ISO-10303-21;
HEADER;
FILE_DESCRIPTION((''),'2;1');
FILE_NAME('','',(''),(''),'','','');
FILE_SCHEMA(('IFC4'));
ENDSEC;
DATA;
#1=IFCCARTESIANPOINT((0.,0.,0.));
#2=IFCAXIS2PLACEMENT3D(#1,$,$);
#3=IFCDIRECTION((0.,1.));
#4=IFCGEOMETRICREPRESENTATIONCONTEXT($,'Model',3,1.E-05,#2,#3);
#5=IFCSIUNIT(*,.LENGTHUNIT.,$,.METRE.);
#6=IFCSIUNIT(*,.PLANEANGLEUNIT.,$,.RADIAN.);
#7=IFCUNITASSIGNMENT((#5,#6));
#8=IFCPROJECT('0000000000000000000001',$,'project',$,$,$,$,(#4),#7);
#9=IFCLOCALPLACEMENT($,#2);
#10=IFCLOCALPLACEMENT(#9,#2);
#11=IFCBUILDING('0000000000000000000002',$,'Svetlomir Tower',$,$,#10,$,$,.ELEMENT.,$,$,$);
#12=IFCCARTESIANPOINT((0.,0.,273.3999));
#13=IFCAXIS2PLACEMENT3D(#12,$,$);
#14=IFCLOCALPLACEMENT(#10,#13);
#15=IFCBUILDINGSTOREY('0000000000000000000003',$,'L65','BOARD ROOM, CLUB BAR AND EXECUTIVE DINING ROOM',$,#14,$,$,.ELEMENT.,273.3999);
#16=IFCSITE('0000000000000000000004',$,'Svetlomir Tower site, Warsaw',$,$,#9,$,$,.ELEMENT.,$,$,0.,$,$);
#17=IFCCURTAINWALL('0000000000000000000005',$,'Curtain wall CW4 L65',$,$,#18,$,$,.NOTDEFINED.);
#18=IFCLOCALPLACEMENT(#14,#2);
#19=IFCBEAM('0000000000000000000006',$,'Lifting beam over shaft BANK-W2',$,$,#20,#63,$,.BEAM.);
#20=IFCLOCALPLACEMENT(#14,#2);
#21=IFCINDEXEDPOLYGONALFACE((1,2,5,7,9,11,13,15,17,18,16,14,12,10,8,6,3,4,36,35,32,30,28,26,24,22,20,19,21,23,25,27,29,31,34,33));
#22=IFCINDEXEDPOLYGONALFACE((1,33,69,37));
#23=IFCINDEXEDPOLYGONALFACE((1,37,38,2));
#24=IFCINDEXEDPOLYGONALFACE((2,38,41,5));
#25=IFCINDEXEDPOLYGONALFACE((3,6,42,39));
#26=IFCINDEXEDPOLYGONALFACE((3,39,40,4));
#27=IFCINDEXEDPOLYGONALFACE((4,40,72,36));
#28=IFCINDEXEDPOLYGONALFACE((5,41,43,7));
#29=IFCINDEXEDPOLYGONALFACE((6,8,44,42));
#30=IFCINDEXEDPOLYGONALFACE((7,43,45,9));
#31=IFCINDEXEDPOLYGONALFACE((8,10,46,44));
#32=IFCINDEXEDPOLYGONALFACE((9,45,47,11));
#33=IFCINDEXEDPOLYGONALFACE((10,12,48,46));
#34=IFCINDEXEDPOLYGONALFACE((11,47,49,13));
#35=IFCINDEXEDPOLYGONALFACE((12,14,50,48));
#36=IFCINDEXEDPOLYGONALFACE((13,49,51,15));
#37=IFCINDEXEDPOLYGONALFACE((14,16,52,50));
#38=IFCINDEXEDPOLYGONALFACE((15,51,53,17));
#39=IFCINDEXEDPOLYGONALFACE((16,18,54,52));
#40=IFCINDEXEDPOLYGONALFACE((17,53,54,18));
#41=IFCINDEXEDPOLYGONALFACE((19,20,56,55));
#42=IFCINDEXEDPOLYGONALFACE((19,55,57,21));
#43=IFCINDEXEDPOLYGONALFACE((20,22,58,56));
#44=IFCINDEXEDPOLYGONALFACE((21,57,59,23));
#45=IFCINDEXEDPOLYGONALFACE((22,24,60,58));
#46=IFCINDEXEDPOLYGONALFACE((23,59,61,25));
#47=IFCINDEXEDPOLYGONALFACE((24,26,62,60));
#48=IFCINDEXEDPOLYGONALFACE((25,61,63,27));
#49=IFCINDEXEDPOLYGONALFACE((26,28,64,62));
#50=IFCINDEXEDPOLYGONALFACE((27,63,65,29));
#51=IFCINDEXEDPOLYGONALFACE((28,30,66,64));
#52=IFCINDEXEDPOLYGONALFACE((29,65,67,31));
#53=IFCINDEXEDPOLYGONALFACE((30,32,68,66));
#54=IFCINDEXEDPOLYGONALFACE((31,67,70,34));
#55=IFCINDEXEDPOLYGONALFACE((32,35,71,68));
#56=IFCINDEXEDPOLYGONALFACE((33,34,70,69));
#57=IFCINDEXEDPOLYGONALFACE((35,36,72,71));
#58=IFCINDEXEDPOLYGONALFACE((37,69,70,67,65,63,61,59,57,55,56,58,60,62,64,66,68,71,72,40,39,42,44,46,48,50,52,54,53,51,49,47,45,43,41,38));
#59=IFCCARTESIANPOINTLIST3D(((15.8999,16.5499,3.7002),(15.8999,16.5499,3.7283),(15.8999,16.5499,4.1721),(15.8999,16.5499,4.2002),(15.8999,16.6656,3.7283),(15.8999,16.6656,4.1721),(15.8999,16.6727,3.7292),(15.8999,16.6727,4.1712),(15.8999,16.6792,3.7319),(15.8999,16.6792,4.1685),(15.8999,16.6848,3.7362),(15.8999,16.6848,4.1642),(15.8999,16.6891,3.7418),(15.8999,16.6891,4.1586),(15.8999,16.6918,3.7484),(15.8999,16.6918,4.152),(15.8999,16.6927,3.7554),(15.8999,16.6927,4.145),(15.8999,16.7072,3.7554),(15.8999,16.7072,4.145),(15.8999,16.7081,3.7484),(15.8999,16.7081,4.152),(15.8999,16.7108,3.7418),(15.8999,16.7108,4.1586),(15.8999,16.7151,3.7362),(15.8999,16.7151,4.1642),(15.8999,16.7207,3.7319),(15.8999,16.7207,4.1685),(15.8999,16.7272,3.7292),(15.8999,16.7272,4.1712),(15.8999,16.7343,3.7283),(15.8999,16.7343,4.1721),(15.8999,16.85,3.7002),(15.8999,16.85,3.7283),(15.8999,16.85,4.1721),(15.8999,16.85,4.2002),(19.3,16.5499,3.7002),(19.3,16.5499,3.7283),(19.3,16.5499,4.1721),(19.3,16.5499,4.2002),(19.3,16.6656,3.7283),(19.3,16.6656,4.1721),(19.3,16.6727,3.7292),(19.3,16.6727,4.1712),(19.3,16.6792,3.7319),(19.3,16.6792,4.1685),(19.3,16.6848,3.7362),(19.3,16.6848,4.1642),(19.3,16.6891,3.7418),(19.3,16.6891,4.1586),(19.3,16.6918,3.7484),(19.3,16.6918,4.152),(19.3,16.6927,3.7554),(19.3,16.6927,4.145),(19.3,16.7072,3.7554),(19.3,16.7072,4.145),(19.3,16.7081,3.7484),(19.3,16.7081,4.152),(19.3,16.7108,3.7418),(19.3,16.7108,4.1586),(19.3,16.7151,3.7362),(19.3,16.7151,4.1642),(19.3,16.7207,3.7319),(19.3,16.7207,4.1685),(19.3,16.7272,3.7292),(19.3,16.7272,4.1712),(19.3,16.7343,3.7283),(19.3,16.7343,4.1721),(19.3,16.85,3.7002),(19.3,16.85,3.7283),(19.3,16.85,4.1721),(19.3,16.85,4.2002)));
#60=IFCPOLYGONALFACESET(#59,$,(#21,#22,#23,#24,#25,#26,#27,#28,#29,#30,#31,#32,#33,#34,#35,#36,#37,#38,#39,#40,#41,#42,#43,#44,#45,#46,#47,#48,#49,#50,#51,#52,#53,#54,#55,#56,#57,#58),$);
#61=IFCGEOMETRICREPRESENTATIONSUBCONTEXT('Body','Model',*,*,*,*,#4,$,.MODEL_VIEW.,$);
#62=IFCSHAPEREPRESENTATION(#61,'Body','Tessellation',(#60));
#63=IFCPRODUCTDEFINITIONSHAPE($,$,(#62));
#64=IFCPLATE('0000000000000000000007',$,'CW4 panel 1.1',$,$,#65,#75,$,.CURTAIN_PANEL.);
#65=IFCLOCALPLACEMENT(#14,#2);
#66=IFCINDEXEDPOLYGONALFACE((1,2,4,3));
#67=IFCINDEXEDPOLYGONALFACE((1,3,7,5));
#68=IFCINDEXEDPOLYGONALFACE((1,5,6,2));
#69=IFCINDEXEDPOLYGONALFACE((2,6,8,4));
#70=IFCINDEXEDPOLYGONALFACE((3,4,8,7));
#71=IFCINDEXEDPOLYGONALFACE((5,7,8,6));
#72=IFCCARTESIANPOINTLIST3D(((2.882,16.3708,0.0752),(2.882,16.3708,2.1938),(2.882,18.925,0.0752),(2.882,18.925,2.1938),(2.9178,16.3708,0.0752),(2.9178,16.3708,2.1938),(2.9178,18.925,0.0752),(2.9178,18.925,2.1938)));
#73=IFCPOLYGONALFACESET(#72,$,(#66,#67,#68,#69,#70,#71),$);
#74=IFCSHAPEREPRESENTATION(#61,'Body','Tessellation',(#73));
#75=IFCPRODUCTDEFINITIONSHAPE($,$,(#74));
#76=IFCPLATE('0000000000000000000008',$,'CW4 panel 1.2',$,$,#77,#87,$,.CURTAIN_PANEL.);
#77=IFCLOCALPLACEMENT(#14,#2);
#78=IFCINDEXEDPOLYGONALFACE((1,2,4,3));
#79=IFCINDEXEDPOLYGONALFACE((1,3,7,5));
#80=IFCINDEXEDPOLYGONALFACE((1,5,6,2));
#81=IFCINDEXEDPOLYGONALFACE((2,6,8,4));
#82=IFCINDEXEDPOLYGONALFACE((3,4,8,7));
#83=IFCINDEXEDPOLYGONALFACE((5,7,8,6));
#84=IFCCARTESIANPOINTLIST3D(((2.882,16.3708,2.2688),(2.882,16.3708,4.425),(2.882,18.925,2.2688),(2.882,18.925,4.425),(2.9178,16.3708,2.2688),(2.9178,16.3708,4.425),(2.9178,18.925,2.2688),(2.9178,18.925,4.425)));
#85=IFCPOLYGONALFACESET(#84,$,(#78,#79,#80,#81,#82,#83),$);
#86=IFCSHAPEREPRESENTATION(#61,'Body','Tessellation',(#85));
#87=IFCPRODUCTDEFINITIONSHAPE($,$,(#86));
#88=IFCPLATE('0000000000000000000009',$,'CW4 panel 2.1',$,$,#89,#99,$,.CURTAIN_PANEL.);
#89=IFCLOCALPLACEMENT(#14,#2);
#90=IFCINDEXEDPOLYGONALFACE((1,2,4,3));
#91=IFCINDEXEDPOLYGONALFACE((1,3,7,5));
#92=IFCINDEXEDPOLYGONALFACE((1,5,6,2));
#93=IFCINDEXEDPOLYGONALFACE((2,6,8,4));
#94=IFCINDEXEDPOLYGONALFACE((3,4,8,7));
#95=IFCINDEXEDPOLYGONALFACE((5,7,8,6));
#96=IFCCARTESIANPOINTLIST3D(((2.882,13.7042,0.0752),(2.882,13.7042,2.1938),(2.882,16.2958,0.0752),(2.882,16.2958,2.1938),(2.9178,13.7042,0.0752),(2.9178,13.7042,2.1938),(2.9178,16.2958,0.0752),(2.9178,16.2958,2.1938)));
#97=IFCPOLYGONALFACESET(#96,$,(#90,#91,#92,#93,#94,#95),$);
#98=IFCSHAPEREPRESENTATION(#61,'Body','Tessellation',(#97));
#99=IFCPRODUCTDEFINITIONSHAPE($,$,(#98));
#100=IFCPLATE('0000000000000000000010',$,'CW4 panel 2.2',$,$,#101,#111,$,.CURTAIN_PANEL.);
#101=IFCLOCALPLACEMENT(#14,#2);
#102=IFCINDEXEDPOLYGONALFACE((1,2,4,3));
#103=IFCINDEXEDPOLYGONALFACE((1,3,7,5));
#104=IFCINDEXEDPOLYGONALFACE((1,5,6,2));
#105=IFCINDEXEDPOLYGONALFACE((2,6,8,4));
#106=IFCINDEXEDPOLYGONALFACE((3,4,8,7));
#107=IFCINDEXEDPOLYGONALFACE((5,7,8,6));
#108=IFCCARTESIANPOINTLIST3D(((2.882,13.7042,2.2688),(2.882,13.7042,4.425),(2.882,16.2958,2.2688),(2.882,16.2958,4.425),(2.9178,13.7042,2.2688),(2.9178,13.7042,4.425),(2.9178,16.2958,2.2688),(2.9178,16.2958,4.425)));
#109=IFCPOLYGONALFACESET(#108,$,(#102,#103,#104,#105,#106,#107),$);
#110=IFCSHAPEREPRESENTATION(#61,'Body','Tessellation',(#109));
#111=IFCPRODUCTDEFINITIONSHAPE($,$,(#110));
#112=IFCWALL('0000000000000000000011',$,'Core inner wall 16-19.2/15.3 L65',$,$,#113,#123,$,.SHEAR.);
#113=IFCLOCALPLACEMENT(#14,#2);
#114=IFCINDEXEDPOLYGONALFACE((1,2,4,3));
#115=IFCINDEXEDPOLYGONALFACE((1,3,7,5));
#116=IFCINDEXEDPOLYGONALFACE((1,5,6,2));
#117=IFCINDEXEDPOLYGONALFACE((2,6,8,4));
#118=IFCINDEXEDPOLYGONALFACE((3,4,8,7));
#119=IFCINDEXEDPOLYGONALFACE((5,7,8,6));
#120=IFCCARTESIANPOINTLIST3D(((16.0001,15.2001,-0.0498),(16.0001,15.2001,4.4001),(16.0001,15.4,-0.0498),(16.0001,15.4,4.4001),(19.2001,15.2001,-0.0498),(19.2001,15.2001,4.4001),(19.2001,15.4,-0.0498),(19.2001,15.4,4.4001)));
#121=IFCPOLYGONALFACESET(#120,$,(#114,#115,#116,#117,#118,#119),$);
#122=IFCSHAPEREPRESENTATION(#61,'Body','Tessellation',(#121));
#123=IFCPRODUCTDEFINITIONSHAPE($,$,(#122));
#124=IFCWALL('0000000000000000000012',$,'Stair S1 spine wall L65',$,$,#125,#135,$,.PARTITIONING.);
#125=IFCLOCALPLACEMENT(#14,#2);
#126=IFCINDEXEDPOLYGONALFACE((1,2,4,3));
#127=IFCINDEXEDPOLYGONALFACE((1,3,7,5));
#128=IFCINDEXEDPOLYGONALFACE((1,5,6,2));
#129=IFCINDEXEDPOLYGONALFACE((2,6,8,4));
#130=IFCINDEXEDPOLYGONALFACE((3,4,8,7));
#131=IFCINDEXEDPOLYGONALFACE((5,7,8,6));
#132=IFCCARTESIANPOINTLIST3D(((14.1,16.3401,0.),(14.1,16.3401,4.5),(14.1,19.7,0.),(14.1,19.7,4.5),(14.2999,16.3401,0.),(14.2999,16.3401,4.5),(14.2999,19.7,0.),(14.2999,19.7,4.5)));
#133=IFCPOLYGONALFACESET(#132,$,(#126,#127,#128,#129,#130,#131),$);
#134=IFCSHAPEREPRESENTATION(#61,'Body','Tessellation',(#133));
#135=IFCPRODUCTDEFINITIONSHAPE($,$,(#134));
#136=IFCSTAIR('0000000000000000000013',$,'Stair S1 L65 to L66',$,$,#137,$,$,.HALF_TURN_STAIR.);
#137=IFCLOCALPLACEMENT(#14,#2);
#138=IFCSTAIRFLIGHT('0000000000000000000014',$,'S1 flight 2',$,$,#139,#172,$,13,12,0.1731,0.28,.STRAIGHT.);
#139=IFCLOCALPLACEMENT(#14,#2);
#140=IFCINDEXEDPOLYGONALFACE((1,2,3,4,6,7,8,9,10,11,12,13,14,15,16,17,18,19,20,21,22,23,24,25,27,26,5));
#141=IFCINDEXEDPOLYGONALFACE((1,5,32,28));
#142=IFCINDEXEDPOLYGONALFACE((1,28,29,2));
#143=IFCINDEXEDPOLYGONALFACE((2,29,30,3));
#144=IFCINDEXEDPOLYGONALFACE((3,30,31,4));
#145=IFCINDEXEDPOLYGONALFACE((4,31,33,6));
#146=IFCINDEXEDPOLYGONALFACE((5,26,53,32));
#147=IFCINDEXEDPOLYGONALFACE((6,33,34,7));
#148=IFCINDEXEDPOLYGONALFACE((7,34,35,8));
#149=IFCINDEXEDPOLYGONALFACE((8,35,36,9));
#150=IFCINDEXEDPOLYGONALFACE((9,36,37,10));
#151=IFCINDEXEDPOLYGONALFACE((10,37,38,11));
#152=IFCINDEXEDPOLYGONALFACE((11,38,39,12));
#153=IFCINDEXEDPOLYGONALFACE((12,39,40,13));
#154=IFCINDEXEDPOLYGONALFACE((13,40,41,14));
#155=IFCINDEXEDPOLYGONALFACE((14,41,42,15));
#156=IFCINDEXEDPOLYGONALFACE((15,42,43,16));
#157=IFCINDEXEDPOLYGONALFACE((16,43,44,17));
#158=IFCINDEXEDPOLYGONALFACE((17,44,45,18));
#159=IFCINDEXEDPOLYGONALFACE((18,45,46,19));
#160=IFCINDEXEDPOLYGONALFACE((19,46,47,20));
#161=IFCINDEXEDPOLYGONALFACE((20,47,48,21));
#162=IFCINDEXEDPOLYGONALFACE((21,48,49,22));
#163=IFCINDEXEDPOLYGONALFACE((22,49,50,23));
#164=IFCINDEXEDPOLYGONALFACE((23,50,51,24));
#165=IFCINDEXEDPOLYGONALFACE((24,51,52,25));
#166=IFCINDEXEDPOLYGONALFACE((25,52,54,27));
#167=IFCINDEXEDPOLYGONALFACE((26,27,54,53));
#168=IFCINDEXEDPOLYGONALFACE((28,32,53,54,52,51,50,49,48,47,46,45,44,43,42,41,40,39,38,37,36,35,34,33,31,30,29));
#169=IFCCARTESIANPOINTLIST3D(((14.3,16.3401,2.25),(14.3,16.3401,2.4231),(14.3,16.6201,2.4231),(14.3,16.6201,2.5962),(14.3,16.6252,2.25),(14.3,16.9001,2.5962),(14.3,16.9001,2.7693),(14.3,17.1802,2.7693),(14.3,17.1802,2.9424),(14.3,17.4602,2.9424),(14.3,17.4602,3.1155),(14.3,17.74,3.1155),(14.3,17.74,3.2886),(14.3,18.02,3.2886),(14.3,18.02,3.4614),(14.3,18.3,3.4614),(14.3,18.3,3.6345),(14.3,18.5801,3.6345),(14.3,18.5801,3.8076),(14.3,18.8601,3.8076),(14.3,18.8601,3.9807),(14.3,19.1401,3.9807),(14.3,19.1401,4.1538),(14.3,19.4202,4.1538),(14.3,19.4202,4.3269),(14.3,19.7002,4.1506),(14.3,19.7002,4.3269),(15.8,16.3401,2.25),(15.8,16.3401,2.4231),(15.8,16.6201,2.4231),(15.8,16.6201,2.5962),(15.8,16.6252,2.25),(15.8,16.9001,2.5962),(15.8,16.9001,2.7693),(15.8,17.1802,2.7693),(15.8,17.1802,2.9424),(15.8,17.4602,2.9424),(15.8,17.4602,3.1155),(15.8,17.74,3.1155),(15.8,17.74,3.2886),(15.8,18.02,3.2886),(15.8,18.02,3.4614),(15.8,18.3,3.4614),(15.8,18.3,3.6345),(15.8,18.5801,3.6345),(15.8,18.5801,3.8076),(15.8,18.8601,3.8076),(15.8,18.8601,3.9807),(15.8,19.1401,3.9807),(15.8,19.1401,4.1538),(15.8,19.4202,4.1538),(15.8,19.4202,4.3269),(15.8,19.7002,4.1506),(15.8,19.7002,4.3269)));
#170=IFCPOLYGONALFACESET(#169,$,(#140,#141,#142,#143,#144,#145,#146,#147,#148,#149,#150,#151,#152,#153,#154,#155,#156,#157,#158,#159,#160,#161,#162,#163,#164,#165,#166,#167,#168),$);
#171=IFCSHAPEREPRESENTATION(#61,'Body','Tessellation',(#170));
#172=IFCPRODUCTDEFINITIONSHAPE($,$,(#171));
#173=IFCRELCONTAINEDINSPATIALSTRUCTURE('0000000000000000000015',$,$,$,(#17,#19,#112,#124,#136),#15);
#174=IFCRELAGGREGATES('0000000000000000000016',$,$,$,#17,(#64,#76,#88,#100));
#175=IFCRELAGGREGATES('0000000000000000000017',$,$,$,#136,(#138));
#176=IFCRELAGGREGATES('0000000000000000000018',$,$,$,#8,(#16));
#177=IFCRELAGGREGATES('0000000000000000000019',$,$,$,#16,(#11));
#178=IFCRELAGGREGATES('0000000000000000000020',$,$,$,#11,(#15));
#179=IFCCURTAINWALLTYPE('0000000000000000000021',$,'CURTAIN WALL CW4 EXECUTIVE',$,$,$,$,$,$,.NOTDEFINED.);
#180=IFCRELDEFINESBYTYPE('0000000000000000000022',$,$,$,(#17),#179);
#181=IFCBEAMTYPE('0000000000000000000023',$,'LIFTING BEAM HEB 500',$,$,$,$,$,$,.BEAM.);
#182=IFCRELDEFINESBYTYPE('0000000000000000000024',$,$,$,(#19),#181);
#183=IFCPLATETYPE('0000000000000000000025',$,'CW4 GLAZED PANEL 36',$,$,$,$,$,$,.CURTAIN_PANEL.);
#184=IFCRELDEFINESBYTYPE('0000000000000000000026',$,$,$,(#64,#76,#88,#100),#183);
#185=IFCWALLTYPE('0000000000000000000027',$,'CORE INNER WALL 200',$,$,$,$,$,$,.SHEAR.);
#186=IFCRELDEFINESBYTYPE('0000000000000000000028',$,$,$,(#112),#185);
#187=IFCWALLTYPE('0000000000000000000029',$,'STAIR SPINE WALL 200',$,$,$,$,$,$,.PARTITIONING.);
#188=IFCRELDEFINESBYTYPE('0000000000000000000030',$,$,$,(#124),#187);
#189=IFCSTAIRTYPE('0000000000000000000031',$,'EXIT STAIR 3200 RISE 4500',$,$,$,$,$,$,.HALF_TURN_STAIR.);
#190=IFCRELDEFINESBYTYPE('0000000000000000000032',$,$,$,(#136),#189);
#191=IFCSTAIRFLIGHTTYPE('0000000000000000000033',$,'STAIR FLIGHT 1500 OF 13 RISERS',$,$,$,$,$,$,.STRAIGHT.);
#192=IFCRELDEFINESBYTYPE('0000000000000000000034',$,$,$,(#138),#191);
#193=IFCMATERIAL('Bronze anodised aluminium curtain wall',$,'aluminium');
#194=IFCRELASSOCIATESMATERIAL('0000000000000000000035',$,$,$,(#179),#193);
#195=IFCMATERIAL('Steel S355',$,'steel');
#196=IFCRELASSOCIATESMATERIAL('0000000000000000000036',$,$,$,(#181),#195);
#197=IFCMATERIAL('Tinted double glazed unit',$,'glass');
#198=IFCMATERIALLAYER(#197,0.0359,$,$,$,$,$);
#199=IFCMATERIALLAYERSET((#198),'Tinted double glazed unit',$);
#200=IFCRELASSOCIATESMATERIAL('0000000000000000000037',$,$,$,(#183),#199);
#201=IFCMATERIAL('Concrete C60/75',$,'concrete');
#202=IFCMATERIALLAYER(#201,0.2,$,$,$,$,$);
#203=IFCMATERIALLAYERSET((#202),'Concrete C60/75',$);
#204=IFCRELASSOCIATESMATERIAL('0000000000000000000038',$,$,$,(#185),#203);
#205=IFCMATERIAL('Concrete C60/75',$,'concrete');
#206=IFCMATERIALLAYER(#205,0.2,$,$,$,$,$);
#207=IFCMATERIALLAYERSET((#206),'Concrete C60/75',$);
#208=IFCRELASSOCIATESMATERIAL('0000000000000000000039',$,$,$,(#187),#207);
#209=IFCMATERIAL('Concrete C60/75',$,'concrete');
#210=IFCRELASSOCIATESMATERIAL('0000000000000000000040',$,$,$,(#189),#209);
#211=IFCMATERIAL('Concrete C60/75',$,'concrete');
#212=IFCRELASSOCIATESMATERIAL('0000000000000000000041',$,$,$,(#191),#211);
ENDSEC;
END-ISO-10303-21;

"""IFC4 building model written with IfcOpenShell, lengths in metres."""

from ifc_helpers import new_model, si_unit, direction, frame, frame_2d, origin, origin_2d, place, context, subcontext, project, spatial, polyline, rectangle, i_section, outline, extrude, material, layer, layer_set, material_profile, profile_set, type_object, element, aggregate, save


model = new_model("IFC4")

# Units and contexts
model_context = context("Model", 3, precision=1e-05, world=origin(), true_north=direction((0.0, 1.0)))
body_context = subcontext(model_context, "Body", "Model", "MODEL_VIEW")
ifc_project = project(units=[si_unit("LENGTHUNIT", "METRE"), si_unit("PLANEANGLEUNIT", "RADIAN")], contexts=[model_context])

# Site, building, storey
site_placement = place(None, origin())
site = spatial("IfcSite", under=ifc_project, at=site_placement, Name="Svetlomir Tower site, Warsaw", CompositionType="ELEMENT", RefElevation=0.0)
building_placement = place(site_placement, origin())
building = spatial("IfcBuilding", under=site, at=building_placement, Name="Svetlomir Tower", CompositionType="ELEMENT")
storey_placement = place(building_placement, frame((0.0, 0.0, 273.3999)))
storey = spatial("IfcBuildingStorey", under=building, at=storey_placement, Name="L65", Description="BOARD ROOM, CLUB BAR AND EXECUTIVE DINING ROOM", CompositionType="ELEMENT", Elevation=273.3999)

# Curtain wall
ifc_material_1 = material(Name="Bronze anodised aluminium curtain wall", Category="aluminium")
curtain_wall_type = type_object("IfcCurtainWallType", Name="CURTAIN WALL CW4 EXECUTIVE", PredefinedType="NOTDEFINED", material=ifc_material_1)
curtain_wall_placement = place(storey_placement, origin())
curtain_wall = element("IfcCurtainWall", 1, at=curtain_wall_placement, inside=storey, type_object=curtain_wall_type, Name="Curtain wall CW4 L65", PredefinedType="NOTDEFINED")

# Beam
ifc_material_2 = material(Name="Steel S355", Category="steel")
ifc_material_profile_1 = material_profile(ifc_material_2, i_section(OverallWidth=0.3, OverallDepth=0.5, WebThickness=0.0144, FlangeThickness=0.0281, FilletRadius=0.0271, at=origin_2d()), Name="HEB 500")
ifc_profile_set_1 = profile_set([ifc_material_profile_1], Name="Steel S355")
beam_type_1 = type_object("IfcBeamType", Name="LIFTING BEAM HEB 500", PredefinedType="BEAM", material=ifc_profile_set_1)
for number, where, z_axis, x_axis, name in (
    (2, (15.8999, 16.7, 3.9502), (1.0, 0.0, 0.0), (0.0, 1.0, 0.0), "Lifting beam over shaft BANK-W2"),
):
    element("IfcBeam", number, at=place(storey_placement, frame(where, z_axis=z_axis, x_axis=x_axis)), inside=storey, type_object=beam_type_1, Name=name, PredefinedType="BEAM", context=body_context, shape_type="SweptSolid", body=[
        extrude(i_section(OverallWidth=0.3, OverallDepth=0.5, WebThickness=0.0144, FlangeThickness=0.0281, FilletRadius=0.0271, at=origin_2d()), origin(), (0.0, 0.0, 1.0), 3.4001),
    ])

# Plates
ifc_material_3 = material(Name="Tinted double glazed unit", Category="glass")
ifc_layer_1 = layer(ifc_material_3, 0.0359)
ifc_layer_set_1 = layer_set([ifc_layer_1], Name="Tinted double glazed unit")
plate_type = type_object("IfcPlateType", Name="CW4 GLAZED PANEL 36", PredefinedType="CURTAIN_PANEL", material=ifc_layer_set_1)
plate_1_placement = place(storey_placement, frame((2.8999, 17.6479, 0.0752), z_axis=(0.0, 0.0, 1.0), x_axis=(0.0, -1.0, 0.0)))
plate_1 = element("IfcPlate", 3, at=plate_1_placement, type_object=plate_type, Name="CW4 panel 1.1", PredefinedType="CURTAIN_PANEL", context=body_context, shape_type="SweptSolid", body=[
    extrude(rectangle(XDim=2.5542, YDim=0.0359, at=origin_2d()), origin(), (0.0, 0.0, 1.0), 2.1187),
])
plate_2_placement = place(storey_placement, frame((2.8999, 17.6479, 2.2688), z_axis=(0.0, 0.0, 1.0), x_axis=(0.0, -1.0, 0.0)))
plate_2 = element("IfcPlate", 4, at=plate_2_placement, type_object=plate_type, Name="CW4 panel 1.2", PredefinedType="CURTAIN_PANEL", context=body_context, shape_type="SweptSolid", body=[
    extrude(rectangle(XDim=2.5542, YDim=0.0359, at=origin_2d()), origin(), (0.0, 0.0, 1.0), 2.1562),
])
plate_3_placement = place(storey_placement, frame((2.8999, 15.0, 0.0752), z_axis=(0.0, 0.0, 1.0), x_axis=(0.0, -1.0, 0.0)))
plate_3 = element("IfcPlate", 5, at=plate_3_placement, type_object=plate_type, Name="CW4 panel 2.1", PredefinedType="CURTAIN_PANEL", context=body_context, shape_type="SweptSolid", body=[
    extrude(rectangle(XDim=2.5916, YDim=0.0359, at=origin_2d()), origin(), (0.0, 0.0, 1.0), 2.1187),
])
plate_4_placement = place(storey_placement, frame((2.8999, 15.0, 2.2688), z_axis=(0.0, 0.0, 1.0), x_axis=(0.0, -1.0, 0.0)))
plate_4 = element("IfcPlate", 6, at=plate_4_placement, type_object=plate_type, Name="CW4 panel 2.2", PredefinedType="CURTAIN_PANEL", context=body_context, shape_type="SweptSolid", body=[
    extrude(rectangle(XDim=2.5916, YDim=0.0359, at=origin_2d()), origin(), (0.0, 0.0, 1.0), 2.1562),
])
aggregate(curtain_wall, [plate_1, plate_2, plate_3, plate_4])

# Walls
ifc_material_4 = material(Name="Concrete C60/75", Category="concrete")
ifc_layer_2 = layer(ifc_material_4, 0.2)
ifc_layer_set_2 = layer_set([ifc_layer_2], Name="Concrete C60/75")
wall_type_1 = type_object("IfcWallType", Name="CORE INNER WALL 200", PredefinedType="SHEAR", material=ifc_layer_set_2)
wall_1_placement = place(storey_placement, frame((16.0, 15.3, -0.0498), z_axis=(0.0, 0.0, 1.0), x_axis=(1.0, 0.0, 0.0)))
element("IfcWall", 7, at=wall_1_placement, inside=storey, type_object=wall_type_1, Name="Core inner wall 16-19.2/15.3 L65", PredefinedType="SHEAR", context=body_context, shape_type="SweptSolid", body=[
    extrude(rectangle(XDim=3.2, YDim=0.2, at=frame_2d((1.6001, 0.0))), origin(), (0.0, 0.0, 1.0), 4.45),
])
ifc_material_5 = material(Name="Concrete C60/75", Category="concrete")
ifc_layer_3 = layer(ifc_material_5, 0.2)
ifc_layer_set_3 = layer_set([ifc_layer_3], Name="Concrete C60/75")
wall_type_2 = type_object("IfcWallType", Name="STAIR SPINE WALL 200", PredefinedType="PARTITIONING", material=ifc_layer_set_3)
wall_2_placement = place(storey_placement, frame((14.2, 16.3401, 0.0), z_axis=(0.0, 0.0, 1.0), x_axis=(0.0, 1.0, 0.0)))
element("IfcWall", 8, at=wall_2_placement, inside=storey, type_object=wall_type_2, Name="Stair S1 spine wall L65", PredefinedType="PARTITIONING", context=body_context, shape_type="SweptSolid", body=[
    extrude(rectangle(XDim=3.3599, YDim=0.2, at=frame_2d((1.6799, 0.0))), origin(), (0.0, 0.0, 1.0), 4.5),
])

# Stair, stair flight
ifc_material_6 = material(Name="Concrete C60/75", Category="concrete")
stair_type = type_object("IfcStairType", Name="EXIT STAIR 3200 RISE 4500", PredefinedType="HALF_TURN_STAIR", material=ifc_material_6)
stair_placement = place(storey_placement, origin())
stair = element("IfcStair", 9, at=stair_placement, inside=storey, type_object=stair_type, Name="Stair S1 L65 to L66", PredefinedType="HALF_TURN_STAIR")
ifc_material_7 = material(Name="Concrete C60/75", Category="concrete")
stair_flight_type = type_object("IfcStairFlightType", Name="STAIR FLIGHT 1500 OF 13 RISERS", PredefinedType="STRAIGHT", material=ifc_material_7)
stair_flight_placement = place(storey_placement, frame((15.05, 16.3401, 2.25), z_axis=(0.0, 0.0, 1.0), x_axis=(0.0, 1.0, 0.0)))
stair_flight = element("IfcStairFlight", 10, at=stair_flight_placement, type_object=stair_flight_type, Name="S1 flight 2", NumberOfRisers=13, NumberOfTreads=12, PredefinedType="STRAIGHT", RiserHeight=0.1731, TreadLength=0.28, context=body_context, shape_type="SweptSolid", body=[
    extrude(outline(polyline([(0.0, 0.0), (0.0, 0.1731), (0.28, 0.1731), (0.28, 0.3462), (0.5601, 0.3462), (0.5601, 0.5193), (0.8401, 0.5193), (0.8401, 0.6924), (1.1201, 0.6924), (1.1201, 0.8655), (1.3999, 0.8655), (1.3999, 1.0386), (1.6799, 1.0386), (1.6799, 1.2114), (1.96, 1.2114), (1.96, 1.3845), (2.24, 1.3845), (2.24, 1.5576), (2.52, 1.5576), (2.52, 1.7307), (2.8, 1.7307), (2.8, 1.9038), (3.0801, 1.9038), (3.0801, 2.0769), (3.3601, 2.0769), (3.3601, 2.25), (3.3601, 1.9006), (0.2852, 0.0), (0.0, 0.0)])), frame((0.0, 0.75, 0.0), z_axis=(0.0, -1.0, 0.0), x_axis=(1.0, 0.0, 0.0)), (0.0, 0.0, 1.0), 1.5),
])
aggregate(stair, [stair_flight])

save(model, "model.ifc")
